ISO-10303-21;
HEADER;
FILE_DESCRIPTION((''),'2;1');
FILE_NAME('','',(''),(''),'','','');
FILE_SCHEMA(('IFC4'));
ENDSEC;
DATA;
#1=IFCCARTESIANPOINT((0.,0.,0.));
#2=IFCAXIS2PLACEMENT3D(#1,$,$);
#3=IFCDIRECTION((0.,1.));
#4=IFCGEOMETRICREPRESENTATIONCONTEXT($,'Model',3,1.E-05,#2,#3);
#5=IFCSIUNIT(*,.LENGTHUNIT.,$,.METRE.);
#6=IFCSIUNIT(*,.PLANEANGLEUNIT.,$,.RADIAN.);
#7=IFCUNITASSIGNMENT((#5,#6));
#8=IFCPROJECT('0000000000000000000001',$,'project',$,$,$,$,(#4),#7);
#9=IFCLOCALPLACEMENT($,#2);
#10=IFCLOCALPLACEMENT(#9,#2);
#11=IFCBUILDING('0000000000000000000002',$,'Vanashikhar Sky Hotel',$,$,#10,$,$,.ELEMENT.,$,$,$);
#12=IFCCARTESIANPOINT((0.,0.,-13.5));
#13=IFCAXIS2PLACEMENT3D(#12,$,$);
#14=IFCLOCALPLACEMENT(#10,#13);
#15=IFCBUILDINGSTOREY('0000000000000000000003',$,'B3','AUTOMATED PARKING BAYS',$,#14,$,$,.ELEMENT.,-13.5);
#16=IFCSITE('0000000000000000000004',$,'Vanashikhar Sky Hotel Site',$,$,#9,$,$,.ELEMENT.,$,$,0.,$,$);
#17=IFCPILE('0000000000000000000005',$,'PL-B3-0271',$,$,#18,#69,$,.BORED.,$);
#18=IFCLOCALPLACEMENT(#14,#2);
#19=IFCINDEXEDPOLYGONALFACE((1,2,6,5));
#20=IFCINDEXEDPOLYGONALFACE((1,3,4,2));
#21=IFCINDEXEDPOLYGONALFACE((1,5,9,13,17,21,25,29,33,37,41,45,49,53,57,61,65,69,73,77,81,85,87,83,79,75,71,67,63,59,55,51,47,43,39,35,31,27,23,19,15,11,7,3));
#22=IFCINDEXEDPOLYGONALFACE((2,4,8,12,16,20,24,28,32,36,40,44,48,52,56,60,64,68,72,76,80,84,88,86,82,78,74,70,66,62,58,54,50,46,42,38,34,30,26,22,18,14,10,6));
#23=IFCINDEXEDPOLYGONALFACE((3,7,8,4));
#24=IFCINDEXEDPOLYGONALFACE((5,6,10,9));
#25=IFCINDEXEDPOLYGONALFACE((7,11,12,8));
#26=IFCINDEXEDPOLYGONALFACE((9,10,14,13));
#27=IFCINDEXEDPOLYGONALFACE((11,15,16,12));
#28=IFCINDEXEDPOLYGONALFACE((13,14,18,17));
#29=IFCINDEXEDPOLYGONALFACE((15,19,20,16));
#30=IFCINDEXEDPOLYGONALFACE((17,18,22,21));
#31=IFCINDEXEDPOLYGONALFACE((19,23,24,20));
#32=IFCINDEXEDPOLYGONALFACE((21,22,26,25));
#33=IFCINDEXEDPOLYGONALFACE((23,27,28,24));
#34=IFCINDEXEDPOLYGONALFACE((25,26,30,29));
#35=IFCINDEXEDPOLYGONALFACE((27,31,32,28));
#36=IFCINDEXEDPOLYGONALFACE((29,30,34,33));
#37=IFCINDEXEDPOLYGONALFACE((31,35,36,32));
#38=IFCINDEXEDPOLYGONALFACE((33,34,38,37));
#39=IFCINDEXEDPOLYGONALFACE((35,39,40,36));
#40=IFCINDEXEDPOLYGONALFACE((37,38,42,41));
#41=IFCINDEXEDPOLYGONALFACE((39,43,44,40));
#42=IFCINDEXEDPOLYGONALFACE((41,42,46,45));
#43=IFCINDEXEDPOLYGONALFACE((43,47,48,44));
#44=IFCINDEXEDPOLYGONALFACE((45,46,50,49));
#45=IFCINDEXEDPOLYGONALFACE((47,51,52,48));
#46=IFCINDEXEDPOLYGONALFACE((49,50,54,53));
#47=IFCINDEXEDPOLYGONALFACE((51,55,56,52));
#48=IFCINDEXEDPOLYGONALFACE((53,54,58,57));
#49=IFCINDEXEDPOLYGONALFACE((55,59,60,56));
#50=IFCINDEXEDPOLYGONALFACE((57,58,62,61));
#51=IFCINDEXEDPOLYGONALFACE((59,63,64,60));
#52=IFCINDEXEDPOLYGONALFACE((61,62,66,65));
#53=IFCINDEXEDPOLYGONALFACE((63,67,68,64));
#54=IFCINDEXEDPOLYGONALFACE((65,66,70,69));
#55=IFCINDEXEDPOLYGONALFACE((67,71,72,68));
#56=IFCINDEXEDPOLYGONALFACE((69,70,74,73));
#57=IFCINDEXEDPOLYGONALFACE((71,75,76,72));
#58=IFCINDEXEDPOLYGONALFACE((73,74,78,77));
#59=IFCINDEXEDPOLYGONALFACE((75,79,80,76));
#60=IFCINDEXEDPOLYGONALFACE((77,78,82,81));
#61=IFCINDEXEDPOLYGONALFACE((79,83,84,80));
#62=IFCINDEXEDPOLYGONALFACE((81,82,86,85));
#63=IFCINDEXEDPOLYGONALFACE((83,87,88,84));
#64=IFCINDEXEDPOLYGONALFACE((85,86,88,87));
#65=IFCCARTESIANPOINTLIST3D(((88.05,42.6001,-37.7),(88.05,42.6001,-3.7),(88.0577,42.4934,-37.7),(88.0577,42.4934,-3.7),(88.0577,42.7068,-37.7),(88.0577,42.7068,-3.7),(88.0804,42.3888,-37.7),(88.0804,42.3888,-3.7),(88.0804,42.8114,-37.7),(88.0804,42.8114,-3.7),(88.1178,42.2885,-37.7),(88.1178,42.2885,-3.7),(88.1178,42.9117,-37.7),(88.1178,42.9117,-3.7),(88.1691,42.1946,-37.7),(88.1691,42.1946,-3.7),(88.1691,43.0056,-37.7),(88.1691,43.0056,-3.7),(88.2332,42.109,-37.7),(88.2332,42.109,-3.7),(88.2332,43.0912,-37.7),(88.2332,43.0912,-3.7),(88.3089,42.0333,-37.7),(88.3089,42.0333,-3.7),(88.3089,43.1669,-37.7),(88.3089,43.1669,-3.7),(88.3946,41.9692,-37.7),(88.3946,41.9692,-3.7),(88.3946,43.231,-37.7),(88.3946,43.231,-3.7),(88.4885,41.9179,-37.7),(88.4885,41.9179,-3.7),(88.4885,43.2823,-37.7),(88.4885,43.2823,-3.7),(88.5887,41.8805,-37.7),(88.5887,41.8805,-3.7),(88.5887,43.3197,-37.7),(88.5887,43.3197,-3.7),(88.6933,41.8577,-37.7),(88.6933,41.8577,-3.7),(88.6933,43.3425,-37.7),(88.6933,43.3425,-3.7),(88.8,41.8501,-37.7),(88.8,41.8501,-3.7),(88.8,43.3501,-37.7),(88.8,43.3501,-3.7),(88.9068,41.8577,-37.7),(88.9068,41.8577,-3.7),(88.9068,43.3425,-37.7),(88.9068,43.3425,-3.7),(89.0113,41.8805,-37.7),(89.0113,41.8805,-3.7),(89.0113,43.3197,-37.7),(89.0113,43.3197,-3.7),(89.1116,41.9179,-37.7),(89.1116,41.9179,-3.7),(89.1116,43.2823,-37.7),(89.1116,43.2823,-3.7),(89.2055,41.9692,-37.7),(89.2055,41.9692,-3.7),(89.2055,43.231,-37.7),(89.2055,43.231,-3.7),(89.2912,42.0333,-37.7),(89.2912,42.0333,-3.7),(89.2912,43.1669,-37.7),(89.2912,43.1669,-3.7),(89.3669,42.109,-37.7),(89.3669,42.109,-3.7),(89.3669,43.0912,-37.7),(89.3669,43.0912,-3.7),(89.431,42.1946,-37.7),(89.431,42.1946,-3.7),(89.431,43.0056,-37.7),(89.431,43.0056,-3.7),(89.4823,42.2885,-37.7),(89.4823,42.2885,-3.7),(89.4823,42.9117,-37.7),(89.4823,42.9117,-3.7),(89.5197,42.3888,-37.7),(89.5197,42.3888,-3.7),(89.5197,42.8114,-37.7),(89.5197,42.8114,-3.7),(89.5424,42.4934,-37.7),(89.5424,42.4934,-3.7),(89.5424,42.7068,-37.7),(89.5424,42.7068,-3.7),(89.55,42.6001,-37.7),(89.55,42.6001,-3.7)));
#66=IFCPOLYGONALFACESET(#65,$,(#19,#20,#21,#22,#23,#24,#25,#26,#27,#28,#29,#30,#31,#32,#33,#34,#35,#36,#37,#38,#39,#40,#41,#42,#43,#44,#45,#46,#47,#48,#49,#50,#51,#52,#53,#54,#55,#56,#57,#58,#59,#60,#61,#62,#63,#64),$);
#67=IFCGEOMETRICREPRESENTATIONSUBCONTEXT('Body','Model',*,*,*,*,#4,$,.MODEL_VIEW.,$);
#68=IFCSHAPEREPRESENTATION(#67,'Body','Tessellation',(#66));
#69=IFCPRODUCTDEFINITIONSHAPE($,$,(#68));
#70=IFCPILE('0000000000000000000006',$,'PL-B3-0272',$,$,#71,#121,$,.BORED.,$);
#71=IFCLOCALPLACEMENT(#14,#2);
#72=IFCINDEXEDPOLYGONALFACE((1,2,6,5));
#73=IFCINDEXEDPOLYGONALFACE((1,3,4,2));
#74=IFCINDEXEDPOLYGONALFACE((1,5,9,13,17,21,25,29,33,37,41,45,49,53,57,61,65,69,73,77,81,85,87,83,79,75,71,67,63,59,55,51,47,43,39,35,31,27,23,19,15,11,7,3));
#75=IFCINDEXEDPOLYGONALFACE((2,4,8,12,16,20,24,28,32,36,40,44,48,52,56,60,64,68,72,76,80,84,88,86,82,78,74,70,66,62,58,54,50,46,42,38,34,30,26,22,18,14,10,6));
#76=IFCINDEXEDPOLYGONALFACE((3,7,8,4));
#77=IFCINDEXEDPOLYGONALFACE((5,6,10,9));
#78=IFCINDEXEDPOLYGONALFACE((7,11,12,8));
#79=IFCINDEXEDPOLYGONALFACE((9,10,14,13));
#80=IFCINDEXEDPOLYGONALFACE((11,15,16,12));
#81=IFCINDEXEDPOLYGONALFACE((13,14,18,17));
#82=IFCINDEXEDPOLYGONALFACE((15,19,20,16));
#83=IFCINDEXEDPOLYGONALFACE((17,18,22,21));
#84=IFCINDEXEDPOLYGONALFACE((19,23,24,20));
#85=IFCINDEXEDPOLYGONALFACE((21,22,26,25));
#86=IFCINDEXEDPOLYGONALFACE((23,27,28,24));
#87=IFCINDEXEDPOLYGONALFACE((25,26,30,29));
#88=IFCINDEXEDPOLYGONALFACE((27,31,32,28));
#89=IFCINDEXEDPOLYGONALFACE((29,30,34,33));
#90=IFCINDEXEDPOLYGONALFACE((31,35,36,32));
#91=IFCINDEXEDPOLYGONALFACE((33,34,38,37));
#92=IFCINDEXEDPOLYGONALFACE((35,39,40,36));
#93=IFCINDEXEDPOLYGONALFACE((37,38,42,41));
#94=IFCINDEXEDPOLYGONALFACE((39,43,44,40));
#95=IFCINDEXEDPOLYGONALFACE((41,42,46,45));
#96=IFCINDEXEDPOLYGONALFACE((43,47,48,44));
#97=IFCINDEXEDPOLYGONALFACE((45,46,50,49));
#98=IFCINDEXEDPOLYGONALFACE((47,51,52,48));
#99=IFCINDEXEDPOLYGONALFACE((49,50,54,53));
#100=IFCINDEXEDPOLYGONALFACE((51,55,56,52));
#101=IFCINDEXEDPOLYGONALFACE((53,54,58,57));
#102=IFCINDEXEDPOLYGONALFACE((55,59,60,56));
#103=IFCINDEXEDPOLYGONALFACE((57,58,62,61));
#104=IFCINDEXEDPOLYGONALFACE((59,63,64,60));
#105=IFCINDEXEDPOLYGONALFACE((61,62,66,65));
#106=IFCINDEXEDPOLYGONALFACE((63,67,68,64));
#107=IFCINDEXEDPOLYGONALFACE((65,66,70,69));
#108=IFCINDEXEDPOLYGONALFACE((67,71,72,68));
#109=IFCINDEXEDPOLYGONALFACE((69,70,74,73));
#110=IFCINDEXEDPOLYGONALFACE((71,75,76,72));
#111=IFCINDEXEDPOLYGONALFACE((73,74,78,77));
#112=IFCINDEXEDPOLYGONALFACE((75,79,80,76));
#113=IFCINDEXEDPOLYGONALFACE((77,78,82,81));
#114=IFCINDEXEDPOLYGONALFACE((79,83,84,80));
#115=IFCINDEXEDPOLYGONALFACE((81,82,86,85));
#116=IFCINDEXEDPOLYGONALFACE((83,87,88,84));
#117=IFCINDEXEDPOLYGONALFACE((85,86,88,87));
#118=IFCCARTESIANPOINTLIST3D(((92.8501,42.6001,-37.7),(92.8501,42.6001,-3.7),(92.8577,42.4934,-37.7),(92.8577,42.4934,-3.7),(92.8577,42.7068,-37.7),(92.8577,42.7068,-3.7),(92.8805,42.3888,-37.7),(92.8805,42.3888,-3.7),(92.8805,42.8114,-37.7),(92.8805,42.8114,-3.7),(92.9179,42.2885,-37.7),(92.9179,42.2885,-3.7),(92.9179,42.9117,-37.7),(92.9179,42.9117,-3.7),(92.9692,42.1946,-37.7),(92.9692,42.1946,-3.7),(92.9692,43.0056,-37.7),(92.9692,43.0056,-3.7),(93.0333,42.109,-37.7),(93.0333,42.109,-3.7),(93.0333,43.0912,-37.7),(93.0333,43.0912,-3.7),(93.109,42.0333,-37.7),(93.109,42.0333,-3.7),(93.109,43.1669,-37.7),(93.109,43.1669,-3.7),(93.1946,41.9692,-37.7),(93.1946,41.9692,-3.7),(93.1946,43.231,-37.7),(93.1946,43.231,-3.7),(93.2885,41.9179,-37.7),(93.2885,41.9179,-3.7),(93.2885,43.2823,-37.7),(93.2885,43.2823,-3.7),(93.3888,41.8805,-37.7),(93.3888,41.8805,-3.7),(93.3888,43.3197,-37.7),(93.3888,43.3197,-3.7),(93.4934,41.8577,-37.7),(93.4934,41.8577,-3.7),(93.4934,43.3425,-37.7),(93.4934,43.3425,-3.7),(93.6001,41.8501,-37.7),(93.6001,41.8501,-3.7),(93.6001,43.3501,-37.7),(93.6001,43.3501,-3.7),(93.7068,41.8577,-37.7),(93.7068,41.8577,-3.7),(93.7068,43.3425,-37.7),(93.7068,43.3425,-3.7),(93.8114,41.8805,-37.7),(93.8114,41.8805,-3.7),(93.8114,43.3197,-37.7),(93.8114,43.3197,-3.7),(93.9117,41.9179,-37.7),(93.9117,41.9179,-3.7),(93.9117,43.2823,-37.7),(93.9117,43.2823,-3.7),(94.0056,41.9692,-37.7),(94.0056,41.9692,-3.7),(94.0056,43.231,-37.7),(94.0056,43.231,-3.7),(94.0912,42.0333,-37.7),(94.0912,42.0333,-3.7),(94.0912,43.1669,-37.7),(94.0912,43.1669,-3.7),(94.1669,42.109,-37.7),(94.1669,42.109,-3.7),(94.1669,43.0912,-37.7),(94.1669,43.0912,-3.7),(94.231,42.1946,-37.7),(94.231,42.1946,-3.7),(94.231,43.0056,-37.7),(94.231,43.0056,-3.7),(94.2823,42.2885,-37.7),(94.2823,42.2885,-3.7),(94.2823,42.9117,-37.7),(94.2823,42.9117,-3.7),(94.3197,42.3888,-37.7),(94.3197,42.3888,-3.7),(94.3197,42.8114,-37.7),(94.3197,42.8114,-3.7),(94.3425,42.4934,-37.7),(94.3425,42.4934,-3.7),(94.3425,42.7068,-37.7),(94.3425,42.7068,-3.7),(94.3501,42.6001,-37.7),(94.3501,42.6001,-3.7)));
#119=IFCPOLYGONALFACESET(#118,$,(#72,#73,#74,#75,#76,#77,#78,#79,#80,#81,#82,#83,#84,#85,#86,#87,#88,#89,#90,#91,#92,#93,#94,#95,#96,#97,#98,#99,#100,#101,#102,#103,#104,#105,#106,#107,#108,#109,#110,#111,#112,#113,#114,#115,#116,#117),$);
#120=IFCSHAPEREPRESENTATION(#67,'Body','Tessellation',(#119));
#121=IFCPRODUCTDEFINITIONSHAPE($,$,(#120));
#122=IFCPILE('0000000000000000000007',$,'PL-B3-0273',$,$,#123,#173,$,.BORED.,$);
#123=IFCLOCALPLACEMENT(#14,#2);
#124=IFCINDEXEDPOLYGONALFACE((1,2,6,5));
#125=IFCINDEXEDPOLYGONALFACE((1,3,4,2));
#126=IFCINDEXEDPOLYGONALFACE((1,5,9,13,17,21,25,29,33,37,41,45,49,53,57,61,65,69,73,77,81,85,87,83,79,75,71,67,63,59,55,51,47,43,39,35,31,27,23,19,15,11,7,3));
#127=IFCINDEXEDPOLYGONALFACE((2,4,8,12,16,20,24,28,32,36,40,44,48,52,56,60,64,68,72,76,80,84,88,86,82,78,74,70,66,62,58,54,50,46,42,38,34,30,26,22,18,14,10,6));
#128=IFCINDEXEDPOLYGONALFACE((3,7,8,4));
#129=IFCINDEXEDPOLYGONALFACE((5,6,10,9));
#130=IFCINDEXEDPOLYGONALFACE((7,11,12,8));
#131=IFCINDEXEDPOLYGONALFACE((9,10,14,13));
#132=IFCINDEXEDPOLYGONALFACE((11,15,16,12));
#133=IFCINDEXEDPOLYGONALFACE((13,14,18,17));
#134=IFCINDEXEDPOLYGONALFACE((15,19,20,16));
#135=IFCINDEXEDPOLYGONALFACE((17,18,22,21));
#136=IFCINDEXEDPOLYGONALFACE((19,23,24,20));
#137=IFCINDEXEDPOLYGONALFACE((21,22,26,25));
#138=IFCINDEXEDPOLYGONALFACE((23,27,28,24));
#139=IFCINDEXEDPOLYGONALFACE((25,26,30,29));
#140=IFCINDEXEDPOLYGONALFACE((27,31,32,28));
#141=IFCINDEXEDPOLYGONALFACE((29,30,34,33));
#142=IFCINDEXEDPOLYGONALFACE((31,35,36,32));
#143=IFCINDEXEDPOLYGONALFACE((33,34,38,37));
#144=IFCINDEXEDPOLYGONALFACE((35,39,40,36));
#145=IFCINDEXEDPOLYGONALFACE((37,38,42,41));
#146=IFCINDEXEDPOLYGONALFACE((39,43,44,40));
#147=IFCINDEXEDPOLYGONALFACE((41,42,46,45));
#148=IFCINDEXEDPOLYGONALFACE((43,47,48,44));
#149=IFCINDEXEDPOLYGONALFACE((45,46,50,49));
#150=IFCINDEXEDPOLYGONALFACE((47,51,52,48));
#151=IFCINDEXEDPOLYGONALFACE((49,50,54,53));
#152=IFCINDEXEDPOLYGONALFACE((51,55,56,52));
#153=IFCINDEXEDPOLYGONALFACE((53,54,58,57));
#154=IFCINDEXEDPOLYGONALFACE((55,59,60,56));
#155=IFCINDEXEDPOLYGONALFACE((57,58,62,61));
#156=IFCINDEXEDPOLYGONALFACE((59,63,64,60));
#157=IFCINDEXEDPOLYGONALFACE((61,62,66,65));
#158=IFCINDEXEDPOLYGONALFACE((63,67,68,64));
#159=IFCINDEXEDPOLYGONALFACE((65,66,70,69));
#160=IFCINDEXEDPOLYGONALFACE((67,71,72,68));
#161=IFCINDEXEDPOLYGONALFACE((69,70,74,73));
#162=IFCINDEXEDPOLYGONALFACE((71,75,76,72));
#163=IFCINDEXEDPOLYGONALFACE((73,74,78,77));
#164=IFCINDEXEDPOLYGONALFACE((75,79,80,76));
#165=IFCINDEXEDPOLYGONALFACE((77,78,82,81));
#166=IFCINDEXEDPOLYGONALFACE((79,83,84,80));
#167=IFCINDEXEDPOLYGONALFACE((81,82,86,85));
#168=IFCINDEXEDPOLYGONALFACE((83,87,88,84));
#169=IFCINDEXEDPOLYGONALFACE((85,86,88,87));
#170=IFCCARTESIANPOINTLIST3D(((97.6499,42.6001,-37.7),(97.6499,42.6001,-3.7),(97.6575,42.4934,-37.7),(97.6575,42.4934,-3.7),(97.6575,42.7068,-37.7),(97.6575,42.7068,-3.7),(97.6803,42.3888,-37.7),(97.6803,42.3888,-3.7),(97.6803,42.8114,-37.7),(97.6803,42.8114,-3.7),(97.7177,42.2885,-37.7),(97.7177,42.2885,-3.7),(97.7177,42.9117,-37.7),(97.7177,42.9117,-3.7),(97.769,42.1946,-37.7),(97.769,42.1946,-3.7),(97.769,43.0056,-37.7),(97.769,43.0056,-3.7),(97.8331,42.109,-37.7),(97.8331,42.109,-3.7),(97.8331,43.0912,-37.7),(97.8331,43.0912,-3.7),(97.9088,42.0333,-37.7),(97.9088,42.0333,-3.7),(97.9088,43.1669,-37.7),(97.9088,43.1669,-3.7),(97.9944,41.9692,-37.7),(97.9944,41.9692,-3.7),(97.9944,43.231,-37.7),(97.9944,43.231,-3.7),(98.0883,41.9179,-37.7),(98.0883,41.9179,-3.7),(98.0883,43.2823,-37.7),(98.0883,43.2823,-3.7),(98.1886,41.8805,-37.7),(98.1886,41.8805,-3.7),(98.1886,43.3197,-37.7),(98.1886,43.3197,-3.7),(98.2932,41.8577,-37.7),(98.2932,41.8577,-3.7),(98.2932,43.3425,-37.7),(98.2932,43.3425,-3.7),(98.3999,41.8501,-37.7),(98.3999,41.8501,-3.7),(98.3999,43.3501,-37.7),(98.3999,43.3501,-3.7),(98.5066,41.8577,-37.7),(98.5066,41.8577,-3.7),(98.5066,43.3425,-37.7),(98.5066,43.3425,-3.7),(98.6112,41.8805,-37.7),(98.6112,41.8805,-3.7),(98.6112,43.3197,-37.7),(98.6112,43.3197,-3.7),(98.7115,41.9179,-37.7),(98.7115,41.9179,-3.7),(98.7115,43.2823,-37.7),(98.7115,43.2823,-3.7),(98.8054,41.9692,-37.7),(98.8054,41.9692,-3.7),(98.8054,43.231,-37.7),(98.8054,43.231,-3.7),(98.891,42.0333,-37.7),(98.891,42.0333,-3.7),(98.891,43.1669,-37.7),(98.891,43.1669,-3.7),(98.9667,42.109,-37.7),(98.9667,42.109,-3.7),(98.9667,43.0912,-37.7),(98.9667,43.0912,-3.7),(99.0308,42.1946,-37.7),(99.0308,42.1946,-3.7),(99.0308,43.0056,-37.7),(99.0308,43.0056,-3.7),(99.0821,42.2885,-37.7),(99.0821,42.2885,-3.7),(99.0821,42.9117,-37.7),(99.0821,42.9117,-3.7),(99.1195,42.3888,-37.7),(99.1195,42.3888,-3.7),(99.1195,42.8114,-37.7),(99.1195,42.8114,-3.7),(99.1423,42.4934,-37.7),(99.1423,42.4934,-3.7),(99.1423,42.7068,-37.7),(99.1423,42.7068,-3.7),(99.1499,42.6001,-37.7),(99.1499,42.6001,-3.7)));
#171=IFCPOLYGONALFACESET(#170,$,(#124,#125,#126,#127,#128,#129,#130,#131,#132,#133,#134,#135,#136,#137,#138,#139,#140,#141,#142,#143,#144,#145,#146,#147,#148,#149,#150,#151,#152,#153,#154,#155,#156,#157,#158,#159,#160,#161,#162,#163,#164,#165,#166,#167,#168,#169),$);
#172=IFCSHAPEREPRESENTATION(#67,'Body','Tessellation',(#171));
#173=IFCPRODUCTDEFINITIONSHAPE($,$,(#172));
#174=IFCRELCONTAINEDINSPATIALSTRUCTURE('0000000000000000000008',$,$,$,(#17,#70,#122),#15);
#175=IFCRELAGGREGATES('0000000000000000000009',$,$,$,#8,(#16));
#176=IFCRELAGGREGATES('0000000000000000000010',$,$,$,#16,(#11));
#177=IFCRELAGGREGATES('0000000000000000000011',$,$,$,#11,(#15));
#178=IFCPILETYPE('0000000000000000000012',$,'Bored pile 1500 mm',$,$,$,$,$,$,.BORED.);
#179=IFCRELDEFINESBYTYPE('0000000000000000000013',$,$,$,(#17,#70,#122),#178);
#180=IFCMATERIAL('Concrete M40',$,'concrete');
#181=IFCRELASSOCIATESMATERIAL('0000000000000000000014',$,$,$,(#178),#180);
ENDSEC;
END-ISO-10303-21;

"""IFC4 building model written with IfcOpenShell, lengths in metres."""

from ifc_helpers import new_model, si_unit, direction, frame, origin, origin_2d, place, context, subcontext, project, spatial, circle, extrude, source, transform, mapped, material, type_object, element, save


model = new_model("IFC4")

# Units and contexts
model_context = context("Model", 3, precision=1e-05, world=origin(), true_north=direction((0.0, 1.0)))
body_context = subcontext(model_context, "Body", "Model", "MODEL_VIEW")
ifc_project = project(units=[si_unit("LENGTHUNIT", "METRE"), si_unit("PLANEANGLEUNIT", "RADIAN")], contexts=[model_context])

# Site, building, storey
site_placement = place(None, origin())
site = spatial("IfcSite", under=ifc_project, at=site_placement, Name="Vanashikhar Sky Hotel Site", CompositionType="ELEMENT", RefElevation=0.0)
building_placement = place(site_placement, origin())
building = spatial("IfcBuilding", under=site, at=building_placement, Name="Vanashikhar Sky Hotel", CompositionType="ELEMENT")
storey_placement = place(building_placement, frame((0.0, 0.0, -13.5)))
storey = spatial("IfcBuildingStorey", under=building, at=storey_placement, Name="B3", Description="AUTOMATED PARKING BAYS", CompositionType="ELEMENT", Elevation=-13.5)

# Piles
ifc_material_1 = material(Name="Concrete M40", Category="concrete")
pile_type_1 = type_object("IfcPileType", Name="Bored pile 1500 mm", PredefinedType="BORED", material=ifc_material_1)
shared_shape_1 = source(origin(), body_context, "Body", "SweptSolid", [
    extrude(circle(Radius=0.75, at=origin_2d()), origin(), (0.0, 0.0, 1.0), 34.0),
])
for number, where, z_axis, x_axis, name in (
    (1, (88.8, 42.6001, -3.7), (0.0, 0.0, -1.0), (1.0, 0.0, 0.0), "PL-B3-0271"),
    (2, (93.6001, 42.6001, -3.7), (0.0, 0.0, -1.0), (1.0, 0.0, 0.0), "PL-B3-0272"),
    (3, (98.3999, 42.6001, -3.7), (0.0, 0.0, -1.0), (1.0, 0.0, 0.0), "PL-B3-0273"),
):
    element("IfcPile", number, at=place(storey_placement, frame(where, z_axis=z_axis, x_axis=x_axis)), inside=storey, type_object=pile_type_1, Name=name, PredefinedType="BORED", context=body_context, shape_type="MappedRepresentation", body=[
        mapped(shared_shape_1, transform((0.0, 0.0, 0.0), scale=1.0)),
    ])

save(model, "model.ifc")
